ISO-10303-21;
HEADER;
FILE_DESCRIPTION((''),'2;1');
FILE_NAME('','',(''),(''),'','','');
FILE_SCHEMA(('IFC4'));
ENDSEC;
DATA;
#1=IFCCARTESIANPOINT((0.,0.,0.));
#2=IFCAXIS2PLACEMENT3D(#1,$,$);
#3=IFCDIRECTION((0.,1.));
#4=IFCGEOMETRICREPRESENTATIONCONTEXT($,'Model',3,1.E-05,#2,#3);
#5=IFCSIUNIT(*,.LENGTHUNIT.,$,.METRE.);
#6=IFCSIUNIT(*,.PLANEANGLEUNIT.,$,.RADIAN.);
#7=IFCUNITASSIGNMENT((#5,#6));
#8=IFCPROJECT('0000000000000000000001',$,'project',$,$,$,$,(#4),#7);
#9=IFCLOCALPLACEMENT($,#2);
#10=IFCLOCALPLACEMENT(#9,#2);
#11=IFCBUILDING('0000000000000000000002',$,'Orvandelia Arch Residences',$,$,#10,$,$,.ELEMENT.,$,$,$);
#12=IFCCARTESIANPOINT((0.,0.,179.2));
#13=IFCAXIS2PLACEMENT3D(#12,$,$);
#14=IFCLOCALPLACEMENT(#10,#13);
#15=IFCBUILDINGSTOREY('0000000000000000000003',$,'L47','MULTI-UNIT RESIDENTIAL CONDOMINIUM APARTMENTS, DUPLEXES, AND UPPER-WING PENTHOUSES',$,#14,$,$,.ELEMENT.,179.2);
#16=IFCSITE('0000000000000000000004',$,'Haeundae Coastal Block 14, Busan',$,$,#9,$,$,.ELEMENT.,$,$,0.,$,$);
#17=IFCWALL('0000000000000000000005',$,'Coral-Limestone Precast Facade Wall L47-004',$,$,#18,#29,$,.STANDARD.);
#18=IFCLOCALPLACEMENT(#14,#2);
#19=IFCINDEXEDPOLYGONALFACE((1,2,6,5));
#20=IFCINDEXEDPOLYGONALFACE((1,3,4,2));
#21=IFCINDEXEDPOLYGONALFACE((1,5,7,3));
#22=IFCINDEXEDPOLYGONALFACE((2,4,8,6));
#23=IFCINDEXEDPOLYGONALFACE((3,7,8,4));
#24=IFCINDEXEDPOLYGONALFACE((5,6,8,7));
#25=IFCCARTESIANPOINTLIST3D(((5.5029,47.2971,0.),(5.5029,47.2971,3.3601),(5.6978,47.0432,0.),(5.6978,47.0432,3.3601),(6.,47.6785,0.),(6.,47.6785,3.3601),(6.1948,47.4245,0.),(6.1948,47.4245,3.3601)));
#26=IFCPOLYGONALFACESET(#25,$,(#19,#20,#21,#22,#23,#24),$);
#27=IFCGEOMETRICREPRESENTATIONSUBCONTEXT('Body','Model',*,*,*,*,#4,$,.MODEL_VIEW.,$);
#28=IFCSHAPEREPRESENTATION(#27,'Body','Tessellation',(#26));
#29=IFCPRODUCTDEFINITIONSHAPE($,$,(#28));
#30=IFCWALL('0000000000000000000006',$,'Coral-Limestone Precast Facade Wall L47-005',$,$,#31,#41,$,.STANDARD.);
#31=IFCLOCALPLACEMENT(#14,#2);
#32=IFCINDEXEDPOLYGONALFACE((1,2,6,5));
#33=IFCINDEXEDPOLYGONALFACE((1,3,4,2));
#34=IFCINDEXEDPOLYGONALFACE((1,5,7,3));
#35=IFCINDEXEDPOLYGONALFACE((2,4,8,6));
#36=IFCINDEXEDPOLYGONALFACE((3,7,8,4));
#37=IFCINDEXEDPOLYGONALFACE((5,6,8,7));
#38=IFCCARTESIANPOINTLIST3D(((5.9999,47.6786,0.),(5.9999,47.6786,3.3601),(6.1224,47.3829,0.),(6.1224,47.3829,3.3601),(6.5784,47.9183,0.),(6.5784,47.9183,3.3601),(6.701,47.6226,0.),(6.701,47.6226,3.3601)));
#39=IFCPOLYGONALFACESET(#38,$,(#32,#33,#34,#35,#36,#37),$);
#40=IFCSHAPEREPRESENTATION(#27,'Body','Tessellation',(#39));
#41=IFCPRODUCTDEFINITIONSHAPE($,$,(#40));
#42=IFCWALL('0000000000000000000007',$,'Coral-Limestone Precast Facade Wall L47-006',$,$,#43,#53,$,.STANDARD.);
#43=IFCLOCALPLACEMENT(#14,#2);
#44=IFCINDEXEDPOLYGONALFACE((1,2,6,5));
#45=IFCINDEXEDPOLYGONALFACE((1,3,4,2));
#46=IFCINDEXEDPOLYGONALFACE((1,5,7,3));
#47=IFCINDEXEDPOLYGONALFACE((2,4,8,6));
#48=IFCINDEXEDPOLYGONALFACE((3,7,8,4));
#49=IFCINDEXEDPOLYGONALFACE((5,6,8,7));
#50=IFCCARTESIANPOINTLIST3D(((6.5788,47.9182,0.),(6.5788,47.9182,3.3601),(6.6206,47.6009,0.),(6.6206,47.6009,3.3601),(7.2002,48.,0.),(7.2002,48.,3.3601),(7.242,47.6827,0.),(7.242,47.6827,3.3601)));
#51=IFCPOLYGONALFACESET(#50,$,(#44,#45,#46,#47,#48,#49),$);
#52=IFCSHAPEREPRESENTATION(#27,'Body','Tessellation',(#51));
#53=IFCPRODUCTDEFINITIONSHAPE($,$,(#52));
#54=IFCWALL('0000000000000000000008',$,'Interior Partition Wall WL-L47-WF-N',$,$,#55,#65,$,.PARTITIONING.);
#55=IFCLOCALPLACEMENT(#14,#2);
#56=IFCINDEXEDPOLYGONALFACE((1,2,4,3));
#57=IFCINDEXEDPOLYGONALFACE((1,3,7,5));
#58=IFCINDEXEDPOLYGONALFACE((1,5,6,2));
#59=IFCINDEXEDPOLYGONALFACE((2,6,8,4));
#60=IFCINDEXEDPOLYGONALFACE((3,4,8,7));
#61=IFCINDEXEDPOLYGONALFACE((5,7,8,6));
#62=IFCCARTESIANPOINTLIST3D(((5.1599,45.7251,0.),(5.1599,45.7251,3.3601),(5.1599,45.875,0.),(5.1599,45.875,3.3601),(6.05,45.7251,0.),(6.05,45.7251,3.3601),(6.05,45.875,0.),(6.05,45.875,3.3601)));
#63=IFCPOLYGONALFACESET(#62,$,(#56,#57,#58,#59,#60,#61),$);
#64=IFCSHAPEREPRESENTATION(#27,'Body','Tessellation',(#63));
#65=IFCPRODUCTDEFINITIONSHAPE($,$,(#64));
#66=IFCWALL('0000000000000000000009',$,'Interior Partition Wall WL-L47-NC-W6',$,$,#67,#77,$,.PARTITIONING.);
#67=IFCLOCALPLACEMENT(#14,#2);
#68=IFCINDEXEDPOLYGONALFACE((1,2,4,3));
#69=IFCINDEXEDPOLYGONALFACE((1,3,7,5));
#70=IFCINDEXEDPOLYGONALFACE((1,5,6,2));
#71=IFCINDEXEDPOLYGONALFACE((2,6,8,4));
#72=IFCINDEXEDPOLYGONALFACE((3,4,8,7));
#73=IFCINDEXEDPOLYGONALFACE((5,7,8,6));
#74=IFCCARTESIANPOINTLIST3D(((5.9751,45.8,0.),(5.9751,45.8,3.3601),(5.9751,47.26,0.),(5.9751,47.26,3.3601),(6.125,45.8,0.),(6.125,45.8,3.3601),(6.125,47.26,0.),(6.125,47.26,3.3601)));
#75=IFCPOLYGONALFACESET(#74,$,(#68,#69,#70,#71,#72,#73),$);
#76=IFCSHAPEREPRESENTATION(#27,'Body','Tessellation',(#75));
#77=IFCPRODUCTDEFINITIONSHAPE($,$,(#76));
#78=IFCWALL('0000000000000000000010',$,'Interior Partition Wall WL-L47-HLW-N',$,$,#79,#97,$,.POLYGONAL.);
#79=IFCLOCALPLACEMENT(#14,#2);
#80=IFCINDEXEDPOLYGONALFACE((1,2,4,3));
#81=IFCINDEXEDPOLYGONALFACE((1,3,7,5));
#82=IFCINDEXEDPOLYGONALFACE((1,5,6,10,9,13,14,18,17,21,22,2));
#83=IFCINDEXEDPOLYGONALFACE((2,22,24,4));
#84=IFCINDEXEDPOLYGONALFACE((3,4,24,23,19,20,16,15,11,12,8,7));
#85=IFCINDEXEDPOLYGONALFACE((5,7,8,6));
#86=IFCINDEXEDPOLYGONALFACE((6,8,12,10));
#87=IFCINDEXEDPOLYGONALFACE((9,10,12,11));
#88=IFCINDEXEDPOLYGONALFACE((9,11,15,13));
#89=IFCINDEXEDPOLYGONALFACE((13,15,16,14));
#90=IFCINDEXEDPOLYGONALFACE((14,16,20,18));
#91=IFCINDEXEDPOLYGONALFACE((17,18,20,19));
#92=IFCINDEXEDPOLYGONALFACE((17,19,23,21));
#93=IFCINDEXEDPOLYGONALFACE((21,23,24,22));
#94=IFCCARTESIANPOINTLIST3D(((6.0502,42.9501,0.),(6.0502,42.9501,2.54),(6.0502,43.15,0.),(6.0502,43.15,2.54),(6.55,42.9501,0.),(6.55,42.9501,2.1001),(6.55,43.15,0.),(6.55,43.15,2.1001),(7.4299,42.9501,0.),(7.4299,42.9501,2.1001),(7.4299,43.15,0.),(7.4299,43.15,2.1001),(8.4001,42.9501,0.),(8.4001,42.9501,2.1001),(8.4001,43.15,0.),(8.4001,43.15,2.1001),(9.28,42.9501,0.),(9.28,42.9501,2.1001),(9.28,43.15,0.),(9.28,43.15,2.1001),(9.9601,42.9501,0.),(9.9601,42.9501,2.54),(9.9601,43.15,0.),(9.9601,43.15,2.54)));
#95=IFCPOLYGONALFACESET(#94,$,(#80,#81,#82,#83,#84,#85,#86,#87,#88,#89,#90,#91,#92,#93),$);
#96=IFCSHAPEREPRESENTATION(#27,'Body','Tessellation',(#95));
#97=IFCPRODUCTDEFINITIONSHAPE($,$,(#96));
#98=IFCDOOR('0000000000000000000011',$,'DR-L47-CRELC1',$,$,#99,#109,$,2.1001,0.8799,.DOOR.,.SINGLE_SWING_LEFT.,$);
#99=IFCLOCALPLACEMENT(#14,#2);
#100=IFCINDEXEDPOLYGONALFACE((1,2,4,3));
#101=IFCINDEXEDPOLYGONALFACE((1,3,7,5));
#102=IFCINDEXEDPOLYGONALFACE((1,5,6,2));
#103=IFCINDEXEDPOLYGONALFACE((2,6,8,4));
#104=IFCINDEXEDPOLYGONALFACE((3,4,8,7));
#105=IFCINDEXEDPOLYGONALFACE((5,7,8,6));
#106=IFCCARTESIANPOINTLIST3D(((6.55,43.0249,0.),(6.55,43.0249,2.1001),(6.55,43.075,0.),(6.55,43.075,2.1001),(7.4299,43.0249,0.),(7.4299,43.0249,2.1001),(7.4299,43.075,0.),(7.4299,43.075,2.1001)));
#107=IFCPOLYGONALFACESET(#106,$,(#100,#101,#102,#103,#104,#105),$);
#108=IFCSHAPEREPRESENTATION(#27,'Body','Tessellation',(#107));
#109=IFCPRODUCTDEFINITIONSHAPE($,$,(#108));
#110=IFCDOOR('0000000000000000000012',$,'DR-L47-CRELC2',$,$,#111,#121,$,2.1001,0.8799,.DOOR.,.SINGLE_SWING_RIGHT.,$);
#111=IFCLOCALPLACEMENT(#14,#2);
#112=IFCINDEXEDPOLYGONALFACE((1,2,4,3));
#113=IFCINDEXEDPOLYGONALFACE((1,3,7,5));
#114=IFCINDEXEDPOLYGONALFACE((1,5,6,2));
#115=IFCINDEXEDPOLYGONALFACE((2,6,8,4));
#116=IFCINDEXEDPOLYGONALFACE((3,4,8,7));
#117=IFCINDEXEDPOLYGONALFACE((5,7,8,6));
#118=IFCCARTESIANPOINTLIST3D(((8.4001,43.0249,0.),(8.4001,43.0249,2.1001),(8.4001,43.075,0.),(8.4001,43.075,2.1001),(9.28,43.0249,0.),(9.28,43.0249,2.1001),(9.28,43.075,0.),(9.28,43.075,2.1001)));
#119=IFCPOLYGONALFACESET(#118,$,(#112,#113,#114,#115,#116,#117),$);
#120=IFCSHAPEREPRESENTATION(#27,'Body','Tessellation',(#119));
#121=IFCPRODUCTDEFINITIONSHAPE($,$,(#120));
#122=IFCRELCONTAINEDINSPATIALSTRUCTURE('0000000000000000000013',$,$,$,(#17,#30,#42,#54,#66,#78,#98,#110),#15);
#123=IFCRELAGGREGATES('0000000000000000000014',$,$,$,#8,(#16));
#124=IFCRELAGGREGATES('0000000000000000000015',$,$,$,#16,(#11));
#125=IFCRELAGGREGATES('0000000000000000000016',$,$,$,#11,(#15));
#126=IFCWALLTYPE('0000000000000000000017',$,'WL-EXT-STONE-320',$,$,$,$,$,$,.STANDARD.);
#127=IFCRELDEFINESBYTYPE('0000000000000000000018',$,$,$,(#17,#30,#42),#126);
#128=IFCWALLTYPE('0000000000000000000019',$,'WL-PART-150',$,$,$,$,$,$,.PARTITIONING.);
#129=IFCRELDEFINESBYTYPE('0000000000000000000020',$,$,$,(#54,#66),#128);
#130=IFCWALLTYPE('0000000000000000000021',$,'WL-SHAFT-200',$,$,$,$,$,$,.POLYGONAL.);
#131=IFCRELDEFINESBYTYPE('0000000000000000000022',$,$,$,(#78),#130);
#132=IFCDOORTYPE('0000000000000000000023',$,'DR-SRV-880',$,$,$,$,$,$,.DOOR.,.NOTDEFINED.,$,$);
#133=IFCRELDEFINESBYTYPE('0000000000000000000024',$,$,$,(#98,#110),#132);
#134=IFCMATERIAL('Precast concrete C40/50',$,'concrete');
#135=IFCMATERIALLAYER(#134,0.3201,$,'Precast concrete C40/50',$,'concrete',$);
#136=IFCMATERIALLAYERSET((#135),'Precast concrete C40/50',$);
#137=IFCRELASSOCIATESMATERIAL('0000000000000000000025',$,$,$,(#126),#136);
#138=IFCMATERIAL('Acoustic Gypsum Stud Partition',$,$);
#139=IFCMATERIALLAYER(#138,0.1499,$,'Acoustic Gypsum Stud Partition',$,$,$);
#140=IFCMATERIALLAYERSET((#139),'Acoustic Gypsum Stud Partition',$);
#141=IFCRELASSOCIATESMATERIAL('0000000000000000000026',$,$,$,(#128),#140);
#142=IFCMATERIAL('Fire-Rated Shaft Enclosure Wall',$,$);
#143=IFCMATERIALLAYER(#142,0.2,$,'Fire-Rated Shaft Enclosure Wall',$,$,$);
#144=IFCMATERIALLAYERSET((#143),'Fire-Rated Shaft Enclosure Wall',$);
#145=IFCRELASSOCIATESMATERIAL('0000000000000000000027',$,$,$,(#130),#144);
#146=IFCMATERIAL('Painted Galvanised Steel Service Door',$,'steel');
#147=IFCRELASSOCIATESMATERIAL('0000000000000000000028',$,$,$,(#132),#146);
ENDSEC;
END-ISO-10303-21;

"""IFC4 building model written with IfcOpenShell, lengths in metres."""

from ifc_helpers import new_model, si_unit, direction, frame, frame_2d, origin, place, context, subcontext, project, spatial, rectangle, extrude, material, layer, layer_set, type_object, element, fill, save


model = new_model("IFC4")

# Units and contexts
model_context = context("Model", 3, precision=1e-05, world=origin(), true_north=direction((0.0, 1.0)))
body_context = subcontext(model_context, "Body", "Model", "MODEL_VIEW")
ifc_project = project(units=[si_unit("LENGTHUNIT", "METRE"), si_unit("PLANEANGLEUNIT", "RADIAN")], contexts=[model_context])

# Site, building, storey
site_placement = place(None, origin())
site = spatial("IfcSite", under=ifc_project, at=site_placement, Name="Haeundae Coastal Block 14, Busan", CompositionType="ELEMENT", RefElevation=0.0)
building_placement = place(site_placement, origin())
building = spatial("IfcBuilding", under=site, at=building_placement, Name="Orvandelia Arch Residences", CompositionType="ELEMENT")
storey_placement = place(building_placement, frame((0.0, 0.0, 179.2)))
storey = spatial("IfcBuildingStorey", under=building, at=storey_placement, Name="L47", Description="MULTI-UNIT RESIDENTIAL CONDOMINIUM APARTMENTS, DUPLEXES, AND UPPER-WING PENTHOUSES", CompositionType="ELEMENT", Elevation=179.2)

# Walls
ifc_material_1 = material(Name="Precast concrete C40/50", Category="concrete")
ifc_layer_1 = layer(ifc_material_1, 0.3201, Name="Precast concrete C40/50", Category="concrete")
ifc_layer_set_1 = layer_set([ifc_layer_1], Name="Precast concrete C40/50")
wall_type_1 = type_object("IfcWallType", Name="WL-EXT-STONE-320", PredefinedType="STANDARD", material=ifc_layer_set_1)
wall_1_placement = place(storey_placement, frame((5.6003, 47.1702, 0.0), z_axis=(0.0, 0.0, 1.0), x_axis=(0.793406, 0.608693, 0.0)))
element("IfcWall", 1, at=wall_1_placement, inside=storey, type_object=wall_type_1, Name="Coral-Limestone Precast Facade Wall L47-004", PredefinedType="STANDARD", context=body_context, shape_type="SweptSolid", body=[
    extrude(rectangle(XDim=0.6265, YDim=0.3201, at=frame_2d((0.3132, 0.0))), origin(), (0.0, 0.0, 1.0), 3.3601),
])
wall_2_placement = place(storey_placement, frame((6.0613, 47.5308, 0.0), z_axis=(0.0, 0.0, 1.0), x_axis=(0.923836, 0.382788, 0.0)))
element("IfcWall", 2, at=wall_2_placement, inside=storey, type_object=wall_type_1, Name="Coral-Limestone Precast Facade Wall L47-005", PredefinedType="STANDARD", context=body_context, shape_type="SweptSolid", body=[
    extrude(rectangle(XDim=0.6262, YDim=0.3201, at=frame_2d((0.313, 0.0))), origin(), (0.0, 0.0, 1.0), 3.3601),
])
wall_3_placement = place(storey_placement, frame((6.5996, 47.7595, 0.0), z_axis=(0.0, 0.0, 1.0), x_axis=(0.991448, 0.130505, 0.0)))
element("IfcWall", 3, at=wall_3_placement, inside=storey, type_object=wall_type_1, Name="Coral-Limestone Precast Facade Wall L47-006", PredefinedType="STANDARD", context=body_context, shape_type="SweptSolid", body=[
    extrude(rectangle(XDim=0.6267, YDim=0.3201, at=frame_2d((0.3135, 0.0))), origin(), (0.0, 0.0, 1.0), 3.3601),
])
ifc_material_2 = material(Name="Acoustic Gypsum Stud Partition")
ifc_layer_2 = layer(ifc_material_2, 0.1499, Name="Acoustic Gypsum Stud Partition")
ifc_layer_set_2 = layer_set([ifc_layer_2], Name="Acoustic Gypsum Stud Partition")
wall_type_2 = type_object("IfcWallType", Name="WL-PART-150", PredefinedType="PARTITIONING", material=ifc_layer_set_2)
wall_4_placement = place(storey_placement, frame((5.1599, 45.8, 0.0), z_axis=(0.0, 0.0, 1.0), x_axis=(1.0, 0.0, 0.0)))
element("IfcWall", 4, at=wall_4_placement, inside=storey, type_object=wall_type_2, Name="Interior Partition Wall WL-L47-WF-N", PredefinedType="PARTITIONING", context=body_context, shape_type="SweptSolid", body=[
    extrude(rectangle(XDim=0.8901, YDim=0.1499, at=frame_2d((0.4451, 0.0))), origin(), (0.0, 0.0, 1.0), 3.3601),
])
wall_5_placement = place(storey_placement, frame((6.05, 45.8, 0.0), z_axis=(0.0, 0.0, 1.0), x_axis=(0.0, 1.0, 0.0)))
element("IfcWall", 5, at=wall_5_placement, inside=storey, type_object=wall_type_2, Name="Interior Partition Wall WL-L47-NC-W6", PredefinedType="PARTITIONING", context=body_context, shape_type="SweptSolid", body=[
    extrude(rectangle(XDim=1.46, YDim=0.1499, at=frame_2d((0.73, 0.0))), origin(), (0.0, 0.0, 1.0), 3.3601),
])

# Wall, openings, doors
ifc_material_3 = material(Name="Fire-Rated Shaft Enclosure Wall")
ifc_layer_3 = layer(ifc_material_3, 0.2, Name="Fire-Rated Shaft Enclosure Wall")
ifc_layer_set_3 = layer_set([ifc_layer_3], Name="Fire-Rated Shaft Enclosure Wall")
wall_type_3 = type_object("IfcWallType", Name="WL-SHAFT-200", PredefinedType="POLYGONAL", material=ifc_layer_set_3)
wall_6_placement = place(storey_placement, frame((6.05, 43.05, 0.0), z_axis=(0.0, 0.0, 1.0), x_axis=(1.0, 0.0, 0.0)))
wall_6 = element("IfcWall", 6, at=wall_6_placement, inside=storey, type_object=wall_type_3, Name="Interior Partition Wall WL-L47-HLW-N", PredefinedType="POLYGONAL", context=body_context, shape_type="SweptSolid", body=[
    extrude(rectangle(XDim=3.9099, YDim=0.2, at=frame_2d((1.9551, 0.0))), origin(), (0.0, 0.0, 1.0), 2.54),
])
opening_1_placement = place(wall_6_placement, frame((0.5, 0.0, 0.0)))
opening_1 = element("IfcOpeningElement", 7, at=opening_1_placement, cuts=wall_6, PredefinedType="OPENING", context=body_context, shape_type="SweptSolid", body=[
    extrude(rectangle(XDim=0.8799, YDim=2.1001, at=frame_2d((0.4399, 1.05))), frame((0.0, 0.1099, 0.0), z_axis=(0.0, -1.0, 0.0), x_axis=(1.0, 0.0, 0.0)), (0.0, 0.0, 1.0), 0.22),
])
opening_2_placement = place(wall_6_placement, frame((2.3501, 0.0, 0.0)))
opening_2 = element("IfcOpeningElement", 8, at=opening_2_placement, cuts=wall_6, PredefinedType="OPENING", context=body_context, shape_type="SweptSolid", body=[
    extrude(rectangle(XDim=0.8799, YDim=2.1001, at=frame_2d((0.4399, 1.05))), frame((0.0, 0.1099, 0.0), z_axis=(0.0, -1.0, 0.0), x_axis=(1.0, 0.0, 0.0)), (0.0, 0.0, 1.0), 0.22),
])
ifc_material_4 = material(Name="Painted Galvanised Steel Service Door", Category="steel")
door_type = type_object("IfcDoorType", Name="DR-SRV-880", OperationType="NOTDEFINED", PredefinedType="DOOR", material=ifc_material_4)
door_1_placement = place(opening_1_placement, origin())
door_1 = element("IfcDoor", 9, at=door_1_placement, inside=storey, type_object=door_type, Name="DR-L47-CRELC1", OperationType="SINGLE_SWING_LEFT", OverallHeight=2.1001, OverallWidth=0.8799, PredefinedType="DOOR", context=body_context, shape_type="SweptSolid", body=[
    extrude(rectangle(XDim=0.8799, YDim=2.1001, at=frame_2d((0.4399, 1.05))), frame((0.0, 0.0249, 0.0), z_axis=(0.0, -1.0, 0.0), x_axis=(1.0, 0.0, 0.0)), (0.0, 0.0, 1.0), 0.05),
])
fill(opening_1, door_1)
door_2_placement = place(opening_2_placement, origin())
door_2 = element("IfcDoor", 10, at=door_2_placement, inside=storey, type_object=door_type, Name="DR-L47-CRELC2", OperationType="SINGLE_SWING_RIGHT", OverallHeight=2.1001, OverallWidth=0.8799, PredefinedType="DOOR", context=body_context, shape_type="SweptSolid", body=[
    extrude(rectangle(XDim=0.8799, YDim=2.1001, at=frame_2d((0.4399, 1.05))), frame((0.0, 0.0249, 0.0), z_axis=(0.0, -1.0, 0.0), x_axis=(1.0, 0.0, 0.0)), (0.0, 0.0, 1.0), 0.05),
])
fill(opening_2, door_2)

save(model, "model.ifc")
